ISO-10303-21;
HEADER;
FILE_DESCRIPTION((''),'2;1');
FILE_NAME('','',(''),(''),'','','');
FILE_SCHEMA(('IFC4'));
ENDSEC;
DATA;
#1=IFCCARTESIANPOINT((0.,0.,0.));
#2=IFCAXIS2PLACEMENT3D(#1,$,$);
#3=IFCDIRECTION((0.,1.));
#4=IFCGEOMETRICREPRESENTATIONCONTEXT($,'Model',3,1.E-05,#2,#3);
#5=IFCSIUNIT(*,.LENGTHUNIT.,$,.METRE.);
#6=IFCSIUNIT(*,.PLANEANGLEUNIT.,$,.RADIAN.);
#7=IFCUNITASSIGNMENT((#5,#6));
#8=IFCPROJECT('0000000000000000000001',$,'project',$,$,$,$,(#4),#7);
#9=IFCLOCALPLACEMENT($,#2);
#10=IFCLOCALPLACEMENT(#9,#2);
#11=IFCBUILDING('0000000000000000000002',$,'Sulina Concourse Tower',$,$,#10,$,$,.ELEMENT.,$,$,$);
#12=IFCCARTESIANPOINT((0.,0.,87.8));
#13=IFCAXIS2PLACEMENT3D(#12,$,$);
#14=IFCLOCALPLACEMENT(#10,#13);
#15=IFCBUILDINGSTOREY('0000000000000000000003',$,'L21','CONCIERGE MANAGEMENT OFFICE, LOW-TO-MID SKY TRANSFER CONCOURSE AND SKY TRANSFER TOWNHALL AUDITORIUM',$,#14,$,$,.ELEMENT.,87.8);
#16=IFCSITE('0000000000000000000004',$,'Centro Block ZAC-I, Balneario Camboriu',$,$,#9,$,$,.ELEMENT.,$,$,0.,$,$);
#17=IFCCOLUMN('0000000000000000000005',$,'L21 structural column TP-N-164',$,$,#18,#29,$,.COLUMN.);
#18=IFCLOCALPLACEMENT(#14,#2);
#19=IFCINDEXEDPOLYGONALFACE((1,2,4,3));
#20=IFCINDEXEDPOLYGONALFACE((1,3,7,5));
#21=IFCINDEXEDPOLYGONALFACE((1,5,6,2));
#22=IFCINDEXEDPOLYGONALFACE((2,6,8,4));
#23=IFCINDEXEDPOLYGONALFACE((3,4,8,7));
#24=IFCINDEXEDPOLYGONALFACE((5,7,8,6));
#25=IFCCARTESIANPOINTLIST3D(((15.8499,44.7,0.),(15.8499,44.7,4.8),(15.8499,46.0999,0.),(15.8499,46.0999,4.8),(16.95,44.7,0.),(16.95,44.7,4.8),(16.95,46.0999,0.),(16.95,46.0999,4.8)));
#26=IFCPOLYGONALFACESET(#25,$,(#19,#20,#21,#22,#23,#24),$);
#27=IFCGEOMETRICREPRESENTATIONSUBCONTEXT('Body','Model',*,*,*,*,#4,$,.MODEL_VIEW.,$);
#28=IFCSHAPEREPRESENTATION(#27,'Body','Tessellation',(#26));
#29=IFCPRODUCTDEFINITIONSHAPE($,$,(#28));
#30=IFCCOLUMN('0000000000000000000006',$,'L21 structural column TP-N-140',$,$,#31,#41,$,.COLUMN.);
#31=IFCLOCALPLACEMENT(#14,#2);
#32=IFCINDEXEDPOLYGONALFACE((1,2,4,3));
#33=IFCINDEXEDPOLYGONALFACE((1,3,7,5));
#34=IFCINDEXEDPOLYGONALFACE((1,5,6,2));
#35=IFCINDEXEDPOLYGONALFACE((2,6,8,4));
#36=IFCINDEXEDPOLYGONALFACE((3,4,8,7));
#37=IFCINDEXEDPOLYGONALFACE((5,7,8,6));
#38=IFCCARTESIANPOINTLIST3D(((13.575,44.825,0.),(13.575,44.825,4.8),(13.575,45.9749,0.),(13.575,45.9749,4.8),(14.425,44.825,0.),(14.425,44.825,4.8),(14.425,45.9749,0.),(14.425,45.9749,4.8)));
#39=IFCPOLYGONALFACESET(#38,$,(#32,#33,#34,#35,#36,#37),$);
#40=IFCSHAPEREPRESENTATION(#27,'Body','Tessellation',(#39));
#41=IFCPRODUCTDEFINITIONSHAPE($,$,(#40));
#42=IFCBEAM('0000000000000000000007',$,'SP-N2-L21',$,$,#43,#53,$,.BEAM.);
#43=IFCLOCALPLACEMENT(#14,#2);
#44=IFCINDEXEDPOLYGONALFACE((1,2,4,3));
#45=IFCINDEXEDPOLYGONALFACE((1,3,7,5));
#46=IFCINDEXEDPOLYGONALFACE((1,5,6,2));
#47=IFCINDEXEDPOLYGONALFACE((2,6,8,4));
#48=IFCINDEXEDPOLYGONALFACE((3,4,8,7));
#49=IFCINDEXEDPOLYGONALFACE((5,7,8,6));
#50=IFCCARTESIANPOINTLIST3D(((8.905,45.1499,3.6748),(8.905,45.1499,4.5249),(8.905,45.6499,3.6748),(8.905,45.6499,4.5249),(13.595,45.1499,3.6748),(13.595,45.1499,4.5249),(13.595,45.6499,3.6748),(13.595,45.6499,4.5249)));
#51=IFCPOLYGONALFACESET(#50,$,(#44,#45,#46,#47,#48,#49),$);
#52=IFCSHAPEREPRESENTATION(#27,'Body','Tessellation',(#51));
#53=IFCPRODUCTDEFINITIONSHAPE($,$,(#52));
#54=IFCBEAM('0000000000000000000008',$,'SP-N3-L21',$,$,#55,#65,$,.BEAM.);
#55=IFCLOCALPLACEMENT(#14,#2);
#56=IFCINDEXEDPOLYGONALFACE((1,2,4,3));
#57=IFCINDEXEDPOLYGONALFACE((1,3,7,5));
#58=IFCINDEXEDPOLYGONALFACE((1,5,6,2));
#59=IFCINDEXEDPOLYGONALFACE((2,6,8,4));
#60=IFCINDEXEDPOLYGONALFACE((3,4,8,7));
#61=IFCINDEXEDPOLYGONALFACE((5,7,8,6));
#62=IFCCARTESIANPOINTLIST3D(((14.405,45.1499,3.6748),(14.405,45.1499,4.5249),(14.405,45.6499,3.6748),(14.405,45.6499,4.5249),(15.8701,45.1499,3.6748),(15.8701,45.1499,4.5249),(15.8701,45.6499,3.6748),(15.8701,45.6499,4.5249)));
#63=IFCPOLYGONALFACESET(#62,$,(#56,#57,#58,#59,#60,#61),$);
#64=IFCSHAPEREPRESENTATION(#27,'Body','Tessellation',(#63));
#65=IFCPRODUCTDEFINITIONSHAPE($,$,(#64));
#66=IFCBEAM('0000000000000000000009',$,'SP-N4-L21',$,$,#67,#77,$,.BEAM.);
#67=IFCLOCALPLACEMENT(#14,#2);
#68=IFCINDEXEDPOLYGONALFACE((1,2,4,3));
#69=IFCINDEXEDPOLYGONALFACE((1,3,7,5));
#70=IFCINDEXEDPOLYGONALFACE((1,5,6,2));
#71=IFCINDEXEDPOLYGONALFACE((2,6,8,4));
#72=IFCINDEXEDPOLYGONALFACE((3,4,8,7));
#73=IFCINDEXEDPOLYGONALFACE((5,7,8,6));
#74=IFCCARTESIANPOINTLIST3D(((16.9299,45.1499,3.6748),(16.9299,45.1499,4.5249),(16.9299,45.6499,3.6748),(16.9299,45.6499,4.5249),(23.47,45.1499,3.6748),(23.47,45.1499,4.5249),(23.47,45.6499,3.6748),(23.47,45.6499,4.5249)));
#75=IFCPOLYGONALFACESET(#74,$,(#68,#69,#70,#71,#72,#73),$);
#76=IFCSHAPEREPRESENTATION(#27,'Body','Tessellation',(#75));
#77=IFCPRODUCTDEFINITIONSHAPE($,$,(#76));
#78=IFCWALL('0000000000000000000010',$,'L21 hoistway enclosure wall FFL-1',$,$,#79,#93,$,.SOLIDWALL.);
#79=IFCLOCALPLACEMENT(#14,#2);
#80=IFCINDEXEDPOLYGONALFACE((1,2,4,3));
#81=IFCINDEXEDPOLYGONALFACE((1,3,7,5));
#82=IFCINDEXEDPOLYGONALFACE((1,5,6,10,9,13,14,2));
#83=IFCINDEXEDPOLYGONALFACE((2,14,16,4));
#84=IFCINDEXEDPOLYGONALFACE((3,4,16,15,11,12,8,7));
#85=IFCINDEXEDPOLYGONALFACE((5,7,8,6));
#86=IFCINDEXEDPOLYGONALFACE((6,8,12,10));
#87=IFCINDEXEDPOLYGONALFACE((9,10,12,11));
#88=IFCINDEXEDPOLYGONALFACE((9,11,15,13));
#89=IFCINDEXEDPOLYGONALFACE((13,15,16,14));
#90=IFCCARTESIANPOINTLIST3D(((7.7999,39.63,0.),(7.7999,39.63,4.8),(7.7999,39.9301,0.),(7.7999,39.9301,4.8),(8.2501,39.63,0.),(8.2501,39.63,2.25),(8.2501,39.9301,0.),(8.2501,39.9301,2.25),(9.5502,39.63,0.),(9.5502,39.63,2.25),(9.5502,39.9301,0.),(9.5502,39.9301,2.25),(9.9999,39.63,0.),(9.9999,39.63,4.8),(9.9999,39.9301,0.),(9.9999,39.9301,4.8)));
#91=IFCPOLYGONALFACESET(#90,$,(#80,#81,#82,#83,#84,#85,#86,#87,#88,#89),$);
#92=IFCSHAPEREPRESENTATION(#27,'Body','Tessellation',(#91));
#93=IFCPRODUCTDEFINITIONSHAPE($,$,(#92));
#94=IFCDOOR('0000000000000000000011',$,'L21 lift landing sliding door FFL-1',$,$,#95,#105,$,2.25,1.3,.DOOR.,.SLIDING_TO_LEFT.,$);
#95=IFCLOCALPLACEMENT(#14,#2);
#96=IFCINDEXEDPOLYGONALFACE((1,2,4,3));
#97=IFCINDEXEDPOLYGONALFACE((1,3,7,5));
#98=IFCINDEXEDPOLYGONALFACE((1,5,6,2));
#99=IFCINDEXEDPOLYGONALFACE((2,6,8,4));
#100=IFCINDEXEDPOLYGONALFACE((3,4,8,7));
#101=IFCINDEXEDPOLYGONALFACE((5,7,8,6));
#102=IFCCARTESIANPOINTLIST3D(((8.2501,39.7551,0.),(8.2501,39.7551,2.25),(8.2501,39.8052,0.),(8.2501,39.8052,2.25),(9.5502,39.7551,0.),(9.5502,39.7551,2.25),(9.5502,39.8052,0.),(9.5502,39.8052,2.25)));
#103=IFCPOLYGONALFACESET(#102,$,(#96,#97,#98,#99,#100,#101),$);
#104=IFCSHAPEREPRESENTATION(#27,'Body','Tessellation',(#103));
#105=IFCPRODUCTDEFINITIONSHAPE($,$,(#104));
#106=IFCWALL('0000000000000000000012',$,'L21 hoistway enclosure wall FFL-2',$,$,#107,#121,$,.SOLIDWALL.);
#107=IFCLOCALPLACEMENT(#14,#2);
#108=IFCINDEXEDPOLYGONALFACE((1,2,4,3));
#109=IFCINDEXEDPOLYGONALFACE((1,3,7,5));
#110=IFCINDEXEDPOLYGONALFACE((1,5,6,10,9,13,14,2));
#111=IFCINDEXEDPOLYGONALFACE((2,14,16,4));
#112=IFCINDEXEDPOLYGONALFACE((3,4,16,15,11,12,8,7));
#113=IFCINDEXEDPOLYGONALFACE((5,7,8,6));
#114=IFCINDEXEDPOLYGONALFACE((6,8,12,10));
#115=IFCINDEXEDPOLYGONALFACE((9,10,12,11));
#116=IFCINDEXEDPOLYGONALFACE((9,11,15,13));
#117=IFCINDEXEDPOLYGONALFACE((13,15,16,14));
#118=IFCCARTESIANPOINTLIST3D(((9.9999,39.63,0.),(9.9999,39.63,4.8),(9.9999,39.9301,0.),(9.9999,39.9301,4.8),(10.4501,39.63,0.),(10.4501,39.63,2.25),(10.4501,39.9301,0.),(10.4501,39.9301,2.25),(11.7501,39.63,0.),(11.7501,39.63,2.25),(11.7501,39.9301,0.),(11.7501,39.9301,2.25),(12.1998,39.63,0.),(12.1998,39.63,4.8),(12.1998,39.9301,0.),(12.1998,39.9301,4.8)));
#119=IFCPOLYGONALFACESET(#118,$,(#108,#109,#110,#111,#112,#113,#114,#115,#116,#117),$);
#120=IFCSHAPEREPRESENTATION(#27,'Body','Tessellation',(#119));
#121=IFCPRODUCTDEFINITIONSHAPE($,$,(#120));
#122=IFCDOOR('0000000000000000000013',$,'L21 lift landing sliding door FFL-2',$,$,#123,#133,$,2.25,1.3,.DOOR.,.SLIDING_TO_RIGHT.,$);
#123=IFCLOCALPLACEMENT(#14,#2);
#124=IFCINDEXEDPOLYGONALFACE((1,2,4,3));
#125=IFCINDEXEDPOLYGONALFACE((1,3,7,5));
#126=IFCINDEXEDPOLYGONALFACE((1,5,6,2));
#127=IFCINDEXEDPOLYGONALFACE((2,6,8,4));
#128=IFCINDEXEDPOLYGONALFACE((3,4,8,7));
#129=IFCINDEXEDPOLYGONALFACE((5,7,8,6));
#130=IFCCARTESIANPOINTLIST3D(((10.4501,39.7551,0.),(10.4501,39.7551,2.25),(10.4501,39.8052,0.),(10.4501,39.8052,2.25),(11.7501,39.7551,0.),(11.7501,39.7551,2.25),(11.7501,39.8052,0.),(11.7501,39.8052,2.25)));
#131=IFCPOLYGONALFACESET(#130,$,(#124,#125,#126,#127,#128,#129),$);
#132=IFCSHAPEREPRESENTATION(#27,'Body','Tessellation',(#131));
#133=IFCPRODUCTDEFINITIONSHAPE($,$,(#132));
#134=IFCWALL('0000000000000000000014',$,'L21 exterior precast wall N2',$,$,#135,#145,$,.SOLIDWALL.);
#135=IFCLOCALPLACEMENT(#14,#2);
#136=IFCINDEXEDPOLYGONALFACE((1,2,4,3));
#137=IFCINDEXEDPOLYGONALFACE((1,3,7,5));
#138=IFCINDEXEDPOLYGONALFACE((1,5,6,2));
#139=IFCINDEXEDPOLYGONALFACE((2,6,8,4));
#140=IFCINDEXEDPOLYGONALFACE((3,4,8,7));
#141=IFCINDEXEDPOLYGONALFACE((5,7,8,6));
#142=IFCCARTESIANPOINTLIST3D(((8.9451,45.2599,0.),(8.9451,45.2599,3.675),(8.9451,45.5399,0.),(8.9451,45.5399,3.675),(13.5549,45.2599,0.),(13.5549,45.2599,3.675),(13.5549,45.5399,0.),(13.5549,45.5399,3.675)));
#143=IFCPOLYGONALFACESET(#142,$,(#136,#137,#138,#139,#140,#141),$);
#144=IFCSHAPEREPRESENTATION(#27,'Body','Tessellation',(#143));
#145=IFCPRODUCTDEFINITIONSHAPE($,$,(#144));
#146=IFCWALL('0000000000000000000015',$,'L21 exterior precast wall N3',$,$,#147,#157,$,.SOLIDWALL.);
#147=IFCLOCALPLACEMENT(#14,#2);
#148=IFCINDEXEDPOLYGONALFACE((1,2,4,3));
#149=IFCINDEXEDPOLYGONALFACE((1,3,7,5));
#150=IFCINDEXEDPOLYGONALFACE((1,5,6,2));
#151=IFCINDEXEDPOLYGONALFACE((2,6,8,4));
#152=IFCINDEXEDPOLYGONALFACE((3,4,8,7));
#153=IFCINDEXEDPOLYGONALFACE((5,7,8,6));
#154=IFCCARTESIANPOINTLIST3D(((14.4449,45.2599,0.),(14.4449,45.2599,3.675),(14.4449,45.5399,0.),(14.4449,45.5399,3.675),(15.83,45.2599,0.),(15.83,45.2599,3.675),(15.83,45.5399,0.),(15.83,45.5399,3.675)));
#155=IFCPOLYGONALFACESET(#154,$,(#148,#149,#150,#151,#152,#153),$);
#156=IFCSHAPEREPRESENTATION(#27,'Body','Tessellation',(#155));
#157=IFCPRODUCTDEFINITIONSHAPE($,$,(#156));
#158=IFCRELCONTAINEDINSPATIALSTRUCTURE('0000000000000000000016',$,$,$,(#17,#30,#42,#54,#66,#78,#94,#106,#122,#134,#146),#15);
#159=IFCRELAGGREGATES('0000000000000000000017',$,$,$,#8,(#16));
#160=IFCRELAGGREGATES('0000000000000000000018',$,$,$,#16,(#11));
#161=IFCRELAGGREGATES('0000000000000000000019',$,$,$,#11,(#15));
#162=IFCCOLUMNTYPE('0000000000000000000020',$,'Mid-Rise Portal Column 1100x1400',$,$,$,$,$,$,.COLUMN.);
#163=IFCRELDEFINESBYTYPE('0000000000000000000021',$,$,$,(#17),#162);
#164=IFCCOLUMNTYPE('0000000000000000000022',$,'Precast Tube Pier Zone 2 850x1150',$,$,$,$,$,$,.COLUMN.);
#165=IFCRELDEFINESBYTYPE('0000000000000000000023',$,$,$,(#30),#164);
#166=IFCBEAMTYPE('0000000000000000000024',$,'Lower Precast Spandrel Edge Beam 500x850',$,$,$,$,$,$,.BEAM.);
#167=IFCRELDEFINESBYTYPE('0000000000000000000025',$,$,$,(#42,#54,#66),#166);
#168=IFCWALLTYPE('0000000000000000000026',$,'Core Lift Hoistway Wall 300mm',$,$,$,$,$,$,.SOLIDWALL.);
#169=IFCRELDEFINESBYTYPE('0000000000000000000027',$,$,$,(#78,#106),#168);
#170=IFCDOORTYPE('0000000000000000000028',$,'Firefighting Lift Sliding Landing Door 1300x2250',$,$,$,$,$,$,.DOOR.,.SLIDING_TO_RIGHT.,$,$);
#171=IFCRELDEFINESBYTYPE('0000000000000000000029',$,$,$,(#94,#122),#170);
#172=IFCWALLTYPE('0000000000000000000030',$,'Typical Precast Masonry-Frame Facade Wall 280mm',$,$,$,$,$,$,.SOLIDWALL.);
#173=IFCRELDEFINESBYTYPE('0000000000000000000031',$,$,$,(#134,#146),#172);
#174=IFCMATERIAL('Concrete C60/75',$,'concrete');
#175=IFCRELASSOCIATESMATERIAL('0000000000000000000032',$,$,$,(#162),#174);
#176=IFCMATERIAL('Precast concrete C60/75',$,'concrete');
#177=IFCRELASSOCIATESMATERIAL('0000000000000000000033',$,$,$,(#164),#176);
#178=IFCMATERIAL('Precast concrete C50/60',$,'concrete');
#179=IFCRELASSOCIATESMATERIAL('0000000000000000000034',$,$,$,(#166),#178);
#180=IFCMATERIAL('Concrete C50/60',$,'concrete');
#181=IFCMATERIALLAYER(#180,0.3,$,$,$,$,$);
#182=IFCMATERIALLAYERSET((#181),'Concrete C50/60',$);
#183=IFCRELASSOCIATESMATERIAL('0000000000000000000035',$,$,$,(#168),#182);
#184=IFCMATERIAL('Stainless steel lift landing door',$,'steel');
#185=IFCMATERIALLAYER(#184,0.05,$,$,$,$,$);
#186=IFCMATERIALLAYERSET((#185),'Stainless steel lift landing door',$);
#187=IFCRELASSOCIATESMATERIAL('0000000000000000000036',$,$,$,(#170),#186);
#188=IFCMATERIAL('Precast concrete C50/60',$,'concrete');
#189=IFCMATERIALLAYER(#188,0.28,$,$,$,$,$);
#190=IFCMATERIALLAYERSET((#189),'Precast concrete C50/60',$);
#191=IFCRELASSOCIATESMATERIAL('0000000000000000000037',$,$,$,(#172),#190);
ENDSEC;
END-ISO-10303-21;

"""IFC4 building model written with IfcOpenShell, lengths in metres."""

from ifc_helpers import new_model, si_unit, direction, frame, frame_2d, origin, origin_2d, place, context, subcontext, project, spatial, rectangle, extrude, material, layer, layer_set, material_profile, profile_set, type_object, element, fill, save


model = new_model("IFC4")

# Units and contexts
model_context = context("Model", 3, precision=1e-05, world=origin(), true_north=direction((0.0, 1.0)))
body_context = subcontext(model_context, "Body", "Model", "MODEL_VIEW")
ifc_project = project(units=[si_unit("LENGTHUNIT", "METRE"), si_unit("PLANEANGLEUNIT", "RADIAN")], contexts=[model_context])

# Site, building, storey
site_placement = place(None, origin())
site = spatial("IfcSite", under=ifc_project, at=site_placement, Name="Centro Block ZAC-I, Balneario Camboriu", CompositionType="ELEMENT", RefElevation=0.0)
building_placement = place(site_placement, origin())
building = spatial("IfcBuilding", under=site, at=building_placement, Name="Sulina Concourse Tower", CompositionType="ELEMENT")
storey_placement = place(building_placement, frame((0.0, 0.0, 87.8)))
storey = spatial("IfcBuildingStorey", under=building, at=storey_placement, Name="L21", Description="CONCIERGE MANAGEMENT OFFICE, LOW-TO-MID SKY TRANSFER CONCOURSE AND SKY TRANSFER TOWNHALL AUDITORIUM", CompositionType="ELEMENT", Elevation=87.8)

# Columns
ifc_material_1 = material(Name="Concrete C60/75", Category="concrete")
ifc_material_profile_1 = material_profile(ifc_material_1, rectangle(XDim=1.1001, YDim=1.3999, at=origin_2d()), Name="RC 1100x1400")
ifc_profile_set_1 = profile_set([ifc_material_profile_1], Name="Concrete C60/75")
column_type_1 = type_object("IfcColumnType", Name="Mid-Rise Portal Column 1100x1400", PredefinedType="COLUMN", material=ifc_profile_set_1)
column_1_placement = place(storey_placement, frame((16.3999, 45.3999, 0.0), z_axis=(0.0, 0.0, 1.0), x_axis=(1.0, 0.0, 0.0)))
element("IfcColumn", 1, at=column_1_placement, inside=storey, type_object=column_type_1, Name="L21 structural column TP-N-164", PredefinedType="COLUMN", context=body_context, shape_type="SweptSolid", body=[
    extrude(rectangle(XDim=1.1001, YDim=1.3999, at=origin_2d()), origin(), (0.0, 0.0, 1.0), 4.8),
])
ifc_material_2 = material(Name="Precast concrete C60/75", Category="concrete")
ifc_material_profile_2 = material_profile(ifc_material_2, rectangle(XDim=0.8501, YDim=1.1499, at=origin_2d()), Name="PC 850x1150")
ifc_profile_set_2 = profile_set([ifc_material_profile_2], Name="Precast concrete C60/75")
column_type_2 = type_object("IfcColumnType", Name="Precast Tube Pier Zone 2 850x1150", PredefinedType="COLUMN", material=ifc_profile_set_2)
column_2_placement = place(storey_placement, frame((14.0, 45.3999, 0.0), z_axis=(0.0, 0.0, 1.0), x_axis=(1.0, 0.0, 0.0)))
element("IfcColumn", 2, at=column_2_placement, inside=storey, type_object=column_type_2, Name="L21 structural column TP-N-140", PredefinedType="COLUMN", context=body_context, shape_type="SweptSolid", body=[
    extrude(rectangle(XDim=0.8501, YDim=1.1499, at=origin_2d()), origin(), (0.0, 0.0, 1.0), 4.8),
])

# Beams
ifc_material_3 = material(Name="Precast concrete C50/60", Category="concrete")
ifc_material_profile_3 = material_profile(ifc_material_3, rectangle(XDim=0.5, YDim=0.8501, at=origin_2d()), Name="RC 500x850")
ifc_profile_set_3 = profile_set([ifc_material_profile_3], Name="Precast concrete C50/60")
beam_type = type_object("IfcBeamType", Name="Lower Precast Spandrel Edge Beam 500x850", PredefinedType="BEAM", material=ifc_profile_set_3)
beam_1_placement = place(storey_placement, frame((8.905, 45.3999, 4.0999), z_axis=(1.0, 0.0, 0.0), x_axis=(0.0, 1.0, 0.0)))
element("IfcBeam", 3, at=beam_1_placement, inside=storey, type_object=beam_type, Name="SP-N2-L21", PredefinedType="BEAM", context=body_context, shape_type="SweptSolid", body=[
    extrude(rectangle(XDim=0.5, YDim=0.8501, at=origin_2d()), origin(), (0.0, 0.0, 1.0), 4.6899),
])
beam_2_placement = place(storey_placement, frame((14.405, 45.3999, 4.0999), z_axis=(1.0, 0.0, 0.0), x_axis=(0.0, 1.0, 0.0)))
element("IfcBeam", 4, at=beam_2_placement, inside=storey, type_object=beam_type, Name="SP-N3-L21", PredefinedType="BEAM", context=body_context, shape_type="SweptSolid", body=[
    extrude(rectangle(XDim=0.5, YDim=0.8501, at=origin_2d()), origin(), (0.0, 0.0, 1.0), 1.4651),
])
beam_3_placement = place(storey_placement, frame((16.9299, 45.3999, 4.0999), z_axis=(1.0, 0.0, 0.0), x_axis=(0.0, 1.0, 0.0)))
element("IfcBeam", 5, at=beam_3_placement, inside=storey, type_object=beam_type, Name="SP-N4-L21", PredefinedType="BEAM", context=body_context, shape_type="SweptSolid", body=[
    extrude(rectangle(XDim=0.5, YDim=0.8501, at=origin_2d()), origin(), (0.0, 0.0, 1.0), 6.54),
])

# Walls, openings, doors
ifc_material_4 = material(Name="Concrete C50/60", Category="concrete")
ifc_layer_1 = layer(ifc_material_4, 0.3)
ifc_layer_set_1 = layer_set([ifc_layer_1], Name="Concrete C50/60")
wall_type_1 = type_object("IfcWallType", Name="Core Lift Hoistway Wall 300mm", PredefinedType="SOLIDWALL", material=ifc_layer_set_1)
wall_1_placement = place(storey_placement, frame((10.0, 39.78, 0.0), z_axis=(0.0, 0.0, 1.0), x_axis=(-1.0, 0.0, 0.0)))
wall_1 = element("IfcWall", 6, at=wall_1_placement, inside=storey, type_object=wall_type_1, Name="L21 hoistway enclosure wall FFL-1", PredefinedType="SOLIDWALL", context=body_context, shape_type="SweptSolid", body=[
    extrude(rectangle(XDim=2.2, YDim=0.3, at=frame_2d((1.1001, 0.0))), origin(), (0.0, 0.0, 1.0), 4.8),
])
opening_1_placement = place(wall_1_placement, frame((0.45, 0.0, 0.0)))
opening_1 = element("IfcOpeningElement", 7, at=opening_1_placement, cuts=wall_1, PredefinedType="OPENING", context=body_context, shape_type="SweptSolid", body=[
    extrude(rectangle(XDim=1.3, YDim=2.25, at=frame_2d((0.6499, 1.125))), frame((0.0, 0.1599, 0.0), z_axis=(0.0, -1.0, 0.0), x_axis=(1.0, 0.0, 0.0)), (0.0, 0.0, 1.0), 0.3201),
])
ifc_material_5 = material(Name="Stainless steel lift landing door", Category="steel")
ifc_layer_2 = layer(ifc_material_5, 0.05)
ifc_layer_set_2 = layer_set([ifc_layer_2], Name="Stainless steel lift landing door")
door_type = type_object("IfcDoorType", Name="Firefighting Lift Sliding Landing Door 1300x2250", OperationType="SLIDING_TO_RIGHT", PredefinedType="DOOR", material=ifc_layer_set_2)
door_1_placement = place(opening_1_placement, origin())
door_1 = element("IfcDoor", 8, at=door_1_placement, inside=storey, type_object=door_type, Name="L21 lift landing sliding door FFL-1", OperationType="SLIDING_TO_LEFT", OverallHeight=2.25, OverallWidth=1.3, PredefinedType="DOOR", context=body_context, shape_type="SweptSolid", body=[
    extrude(rectangle(XDim=1.3, YDim=2.25, at=frame_2d((0.6499, 1.125))), frame((0.0, 0.0249, 0.0), z_axis=(0.0, -1.0, 0.0), x_axis=(1.0, 0.0, 0.0)), (0.0, 0.0, 1.0), 0.05),
])
fill(opening_1, door_1)
wall_2_placement = place(storey_placement, frame((12.2, 39.78, 0.0), z_axis=(0.0, 0.0, 1.0), x_axis=(-1.0, 0.0, 0.0)))
wall_2 = element("IfcWall", 9, at=wall_2_placement, inside=storey, type_object=wall_type_1, Name="L21 hoistway enclosure wall FFL-2", PredefinedType="SOLIDWALL", context=body_context, shape_type="SweptSolid", body=[
    extrude(rectangle(XDim=2.2, YDim=0.3, at=frame_2d((1.1001, 0.0))), origin(), (0.0, 0.0, 1.0), 4.8),
])
opening_2_placement = place(wall_2_placement, frame((0.45, 0.0, 0.0)))
opening_2 = element("IfcOpeningElement", 10, at=opening_2_placement, cuts=wall_2, PredefinedType="OPENING", context=body_context, shape_type="SweptSolid", body=[
    extrude(rectangle(XDim=1.3, YDim=2.25, at=frame_2d((0.6499, 1.125))), frame((0.0, 0.1599, 0.0), z_axis=(0.0, -1.0, 0.0), x_axis=(1.0, 0.0, 0.0)), (0.0, 0.0, 1.0), 0.3201),
])
door_2_placement = place(opening_2_placement, origin())
door_2 = element("IfcDoor", 11, at=door_2_placement, inside=storey, type_object=door_type, Name="L21 lift landing sliding door FFL-2", OperationType="SLIDING_TO_RIGHT", OverallHeight=2.25, OverallWidth=1.3, PredefinedType="DOOR", context=body_context, shape_type="SweptSolid", body=[
    extrude(rectangle(XDim=1.3, YDim=2.25, at=frame_2d((0.6499, 1.125))), frame((0.0, 0.0249, 0.0), z_axis=(0.0, -1.0, 0.0), x_axis=(1.0, 0.0, 0.0)), (0.0, 0.0, 1.0), 0.05),
])
fill(opening_2, door_2)

# Walls
ifc_material_6 = material(Name="Precast concrete C50/60", Category="concrete")
ifc_layer_3 = layer(ifc_material_6, 0.28)
ifc_layer_set_3 = layer_set([ifc_layer_3], Name="Precast concrete C50/60")
wall_type_2 = type_object("IfcWallType", Name="Typical Precast Masonry-Frame Facade Wall 280mm", PredefinedType="SOLIDWALL", material=ifc_layer_set_3)
wall_3_placement = place(storey_placement, frame((8.9451, 45.3999, 0.0), z_axis=(0.0, 0.0, 1.0), x_axis=(1.0, 0.0, 0.0)))
element("IfcWall", 12, at=wall_3_placement, inside=storey, type_object=wall_type_2, Name="L21 exterior precast wall N2", PredefinedType="SOLIDWALL", context=body_context, shape_type="SweptSolid", body=[
    extrude(rectangle(XDim=4.6099, YDim=0.28, at=frame_2d((2.3049, 0.0))), origin(), (0.0, 0.0, 1.0), 3.675),
])
wall_4_placement = place(storey_placement, frame((14.4451, 45.3999, 0.0), z_axis=(0.0, 0.0, 1.0), x_axis=(1.0, 0.0, 0.0)))
element("IfcWall", 13, at=wall_4_placement, inside=storey, type_object=wall_type_2, Name="L21 exterior precast wall N3", PredefinedType="SOLIDWALL", context=body_context, shape_type="SweptSolid", body=[
    extrude(rectangle(XDim=1.385, YDim=0.28, at=frame_2d((0.6924, 0.0))), origin(), (0.0, 0.0, 1.0), 3.675),
])

save(model, "model.ifc")
